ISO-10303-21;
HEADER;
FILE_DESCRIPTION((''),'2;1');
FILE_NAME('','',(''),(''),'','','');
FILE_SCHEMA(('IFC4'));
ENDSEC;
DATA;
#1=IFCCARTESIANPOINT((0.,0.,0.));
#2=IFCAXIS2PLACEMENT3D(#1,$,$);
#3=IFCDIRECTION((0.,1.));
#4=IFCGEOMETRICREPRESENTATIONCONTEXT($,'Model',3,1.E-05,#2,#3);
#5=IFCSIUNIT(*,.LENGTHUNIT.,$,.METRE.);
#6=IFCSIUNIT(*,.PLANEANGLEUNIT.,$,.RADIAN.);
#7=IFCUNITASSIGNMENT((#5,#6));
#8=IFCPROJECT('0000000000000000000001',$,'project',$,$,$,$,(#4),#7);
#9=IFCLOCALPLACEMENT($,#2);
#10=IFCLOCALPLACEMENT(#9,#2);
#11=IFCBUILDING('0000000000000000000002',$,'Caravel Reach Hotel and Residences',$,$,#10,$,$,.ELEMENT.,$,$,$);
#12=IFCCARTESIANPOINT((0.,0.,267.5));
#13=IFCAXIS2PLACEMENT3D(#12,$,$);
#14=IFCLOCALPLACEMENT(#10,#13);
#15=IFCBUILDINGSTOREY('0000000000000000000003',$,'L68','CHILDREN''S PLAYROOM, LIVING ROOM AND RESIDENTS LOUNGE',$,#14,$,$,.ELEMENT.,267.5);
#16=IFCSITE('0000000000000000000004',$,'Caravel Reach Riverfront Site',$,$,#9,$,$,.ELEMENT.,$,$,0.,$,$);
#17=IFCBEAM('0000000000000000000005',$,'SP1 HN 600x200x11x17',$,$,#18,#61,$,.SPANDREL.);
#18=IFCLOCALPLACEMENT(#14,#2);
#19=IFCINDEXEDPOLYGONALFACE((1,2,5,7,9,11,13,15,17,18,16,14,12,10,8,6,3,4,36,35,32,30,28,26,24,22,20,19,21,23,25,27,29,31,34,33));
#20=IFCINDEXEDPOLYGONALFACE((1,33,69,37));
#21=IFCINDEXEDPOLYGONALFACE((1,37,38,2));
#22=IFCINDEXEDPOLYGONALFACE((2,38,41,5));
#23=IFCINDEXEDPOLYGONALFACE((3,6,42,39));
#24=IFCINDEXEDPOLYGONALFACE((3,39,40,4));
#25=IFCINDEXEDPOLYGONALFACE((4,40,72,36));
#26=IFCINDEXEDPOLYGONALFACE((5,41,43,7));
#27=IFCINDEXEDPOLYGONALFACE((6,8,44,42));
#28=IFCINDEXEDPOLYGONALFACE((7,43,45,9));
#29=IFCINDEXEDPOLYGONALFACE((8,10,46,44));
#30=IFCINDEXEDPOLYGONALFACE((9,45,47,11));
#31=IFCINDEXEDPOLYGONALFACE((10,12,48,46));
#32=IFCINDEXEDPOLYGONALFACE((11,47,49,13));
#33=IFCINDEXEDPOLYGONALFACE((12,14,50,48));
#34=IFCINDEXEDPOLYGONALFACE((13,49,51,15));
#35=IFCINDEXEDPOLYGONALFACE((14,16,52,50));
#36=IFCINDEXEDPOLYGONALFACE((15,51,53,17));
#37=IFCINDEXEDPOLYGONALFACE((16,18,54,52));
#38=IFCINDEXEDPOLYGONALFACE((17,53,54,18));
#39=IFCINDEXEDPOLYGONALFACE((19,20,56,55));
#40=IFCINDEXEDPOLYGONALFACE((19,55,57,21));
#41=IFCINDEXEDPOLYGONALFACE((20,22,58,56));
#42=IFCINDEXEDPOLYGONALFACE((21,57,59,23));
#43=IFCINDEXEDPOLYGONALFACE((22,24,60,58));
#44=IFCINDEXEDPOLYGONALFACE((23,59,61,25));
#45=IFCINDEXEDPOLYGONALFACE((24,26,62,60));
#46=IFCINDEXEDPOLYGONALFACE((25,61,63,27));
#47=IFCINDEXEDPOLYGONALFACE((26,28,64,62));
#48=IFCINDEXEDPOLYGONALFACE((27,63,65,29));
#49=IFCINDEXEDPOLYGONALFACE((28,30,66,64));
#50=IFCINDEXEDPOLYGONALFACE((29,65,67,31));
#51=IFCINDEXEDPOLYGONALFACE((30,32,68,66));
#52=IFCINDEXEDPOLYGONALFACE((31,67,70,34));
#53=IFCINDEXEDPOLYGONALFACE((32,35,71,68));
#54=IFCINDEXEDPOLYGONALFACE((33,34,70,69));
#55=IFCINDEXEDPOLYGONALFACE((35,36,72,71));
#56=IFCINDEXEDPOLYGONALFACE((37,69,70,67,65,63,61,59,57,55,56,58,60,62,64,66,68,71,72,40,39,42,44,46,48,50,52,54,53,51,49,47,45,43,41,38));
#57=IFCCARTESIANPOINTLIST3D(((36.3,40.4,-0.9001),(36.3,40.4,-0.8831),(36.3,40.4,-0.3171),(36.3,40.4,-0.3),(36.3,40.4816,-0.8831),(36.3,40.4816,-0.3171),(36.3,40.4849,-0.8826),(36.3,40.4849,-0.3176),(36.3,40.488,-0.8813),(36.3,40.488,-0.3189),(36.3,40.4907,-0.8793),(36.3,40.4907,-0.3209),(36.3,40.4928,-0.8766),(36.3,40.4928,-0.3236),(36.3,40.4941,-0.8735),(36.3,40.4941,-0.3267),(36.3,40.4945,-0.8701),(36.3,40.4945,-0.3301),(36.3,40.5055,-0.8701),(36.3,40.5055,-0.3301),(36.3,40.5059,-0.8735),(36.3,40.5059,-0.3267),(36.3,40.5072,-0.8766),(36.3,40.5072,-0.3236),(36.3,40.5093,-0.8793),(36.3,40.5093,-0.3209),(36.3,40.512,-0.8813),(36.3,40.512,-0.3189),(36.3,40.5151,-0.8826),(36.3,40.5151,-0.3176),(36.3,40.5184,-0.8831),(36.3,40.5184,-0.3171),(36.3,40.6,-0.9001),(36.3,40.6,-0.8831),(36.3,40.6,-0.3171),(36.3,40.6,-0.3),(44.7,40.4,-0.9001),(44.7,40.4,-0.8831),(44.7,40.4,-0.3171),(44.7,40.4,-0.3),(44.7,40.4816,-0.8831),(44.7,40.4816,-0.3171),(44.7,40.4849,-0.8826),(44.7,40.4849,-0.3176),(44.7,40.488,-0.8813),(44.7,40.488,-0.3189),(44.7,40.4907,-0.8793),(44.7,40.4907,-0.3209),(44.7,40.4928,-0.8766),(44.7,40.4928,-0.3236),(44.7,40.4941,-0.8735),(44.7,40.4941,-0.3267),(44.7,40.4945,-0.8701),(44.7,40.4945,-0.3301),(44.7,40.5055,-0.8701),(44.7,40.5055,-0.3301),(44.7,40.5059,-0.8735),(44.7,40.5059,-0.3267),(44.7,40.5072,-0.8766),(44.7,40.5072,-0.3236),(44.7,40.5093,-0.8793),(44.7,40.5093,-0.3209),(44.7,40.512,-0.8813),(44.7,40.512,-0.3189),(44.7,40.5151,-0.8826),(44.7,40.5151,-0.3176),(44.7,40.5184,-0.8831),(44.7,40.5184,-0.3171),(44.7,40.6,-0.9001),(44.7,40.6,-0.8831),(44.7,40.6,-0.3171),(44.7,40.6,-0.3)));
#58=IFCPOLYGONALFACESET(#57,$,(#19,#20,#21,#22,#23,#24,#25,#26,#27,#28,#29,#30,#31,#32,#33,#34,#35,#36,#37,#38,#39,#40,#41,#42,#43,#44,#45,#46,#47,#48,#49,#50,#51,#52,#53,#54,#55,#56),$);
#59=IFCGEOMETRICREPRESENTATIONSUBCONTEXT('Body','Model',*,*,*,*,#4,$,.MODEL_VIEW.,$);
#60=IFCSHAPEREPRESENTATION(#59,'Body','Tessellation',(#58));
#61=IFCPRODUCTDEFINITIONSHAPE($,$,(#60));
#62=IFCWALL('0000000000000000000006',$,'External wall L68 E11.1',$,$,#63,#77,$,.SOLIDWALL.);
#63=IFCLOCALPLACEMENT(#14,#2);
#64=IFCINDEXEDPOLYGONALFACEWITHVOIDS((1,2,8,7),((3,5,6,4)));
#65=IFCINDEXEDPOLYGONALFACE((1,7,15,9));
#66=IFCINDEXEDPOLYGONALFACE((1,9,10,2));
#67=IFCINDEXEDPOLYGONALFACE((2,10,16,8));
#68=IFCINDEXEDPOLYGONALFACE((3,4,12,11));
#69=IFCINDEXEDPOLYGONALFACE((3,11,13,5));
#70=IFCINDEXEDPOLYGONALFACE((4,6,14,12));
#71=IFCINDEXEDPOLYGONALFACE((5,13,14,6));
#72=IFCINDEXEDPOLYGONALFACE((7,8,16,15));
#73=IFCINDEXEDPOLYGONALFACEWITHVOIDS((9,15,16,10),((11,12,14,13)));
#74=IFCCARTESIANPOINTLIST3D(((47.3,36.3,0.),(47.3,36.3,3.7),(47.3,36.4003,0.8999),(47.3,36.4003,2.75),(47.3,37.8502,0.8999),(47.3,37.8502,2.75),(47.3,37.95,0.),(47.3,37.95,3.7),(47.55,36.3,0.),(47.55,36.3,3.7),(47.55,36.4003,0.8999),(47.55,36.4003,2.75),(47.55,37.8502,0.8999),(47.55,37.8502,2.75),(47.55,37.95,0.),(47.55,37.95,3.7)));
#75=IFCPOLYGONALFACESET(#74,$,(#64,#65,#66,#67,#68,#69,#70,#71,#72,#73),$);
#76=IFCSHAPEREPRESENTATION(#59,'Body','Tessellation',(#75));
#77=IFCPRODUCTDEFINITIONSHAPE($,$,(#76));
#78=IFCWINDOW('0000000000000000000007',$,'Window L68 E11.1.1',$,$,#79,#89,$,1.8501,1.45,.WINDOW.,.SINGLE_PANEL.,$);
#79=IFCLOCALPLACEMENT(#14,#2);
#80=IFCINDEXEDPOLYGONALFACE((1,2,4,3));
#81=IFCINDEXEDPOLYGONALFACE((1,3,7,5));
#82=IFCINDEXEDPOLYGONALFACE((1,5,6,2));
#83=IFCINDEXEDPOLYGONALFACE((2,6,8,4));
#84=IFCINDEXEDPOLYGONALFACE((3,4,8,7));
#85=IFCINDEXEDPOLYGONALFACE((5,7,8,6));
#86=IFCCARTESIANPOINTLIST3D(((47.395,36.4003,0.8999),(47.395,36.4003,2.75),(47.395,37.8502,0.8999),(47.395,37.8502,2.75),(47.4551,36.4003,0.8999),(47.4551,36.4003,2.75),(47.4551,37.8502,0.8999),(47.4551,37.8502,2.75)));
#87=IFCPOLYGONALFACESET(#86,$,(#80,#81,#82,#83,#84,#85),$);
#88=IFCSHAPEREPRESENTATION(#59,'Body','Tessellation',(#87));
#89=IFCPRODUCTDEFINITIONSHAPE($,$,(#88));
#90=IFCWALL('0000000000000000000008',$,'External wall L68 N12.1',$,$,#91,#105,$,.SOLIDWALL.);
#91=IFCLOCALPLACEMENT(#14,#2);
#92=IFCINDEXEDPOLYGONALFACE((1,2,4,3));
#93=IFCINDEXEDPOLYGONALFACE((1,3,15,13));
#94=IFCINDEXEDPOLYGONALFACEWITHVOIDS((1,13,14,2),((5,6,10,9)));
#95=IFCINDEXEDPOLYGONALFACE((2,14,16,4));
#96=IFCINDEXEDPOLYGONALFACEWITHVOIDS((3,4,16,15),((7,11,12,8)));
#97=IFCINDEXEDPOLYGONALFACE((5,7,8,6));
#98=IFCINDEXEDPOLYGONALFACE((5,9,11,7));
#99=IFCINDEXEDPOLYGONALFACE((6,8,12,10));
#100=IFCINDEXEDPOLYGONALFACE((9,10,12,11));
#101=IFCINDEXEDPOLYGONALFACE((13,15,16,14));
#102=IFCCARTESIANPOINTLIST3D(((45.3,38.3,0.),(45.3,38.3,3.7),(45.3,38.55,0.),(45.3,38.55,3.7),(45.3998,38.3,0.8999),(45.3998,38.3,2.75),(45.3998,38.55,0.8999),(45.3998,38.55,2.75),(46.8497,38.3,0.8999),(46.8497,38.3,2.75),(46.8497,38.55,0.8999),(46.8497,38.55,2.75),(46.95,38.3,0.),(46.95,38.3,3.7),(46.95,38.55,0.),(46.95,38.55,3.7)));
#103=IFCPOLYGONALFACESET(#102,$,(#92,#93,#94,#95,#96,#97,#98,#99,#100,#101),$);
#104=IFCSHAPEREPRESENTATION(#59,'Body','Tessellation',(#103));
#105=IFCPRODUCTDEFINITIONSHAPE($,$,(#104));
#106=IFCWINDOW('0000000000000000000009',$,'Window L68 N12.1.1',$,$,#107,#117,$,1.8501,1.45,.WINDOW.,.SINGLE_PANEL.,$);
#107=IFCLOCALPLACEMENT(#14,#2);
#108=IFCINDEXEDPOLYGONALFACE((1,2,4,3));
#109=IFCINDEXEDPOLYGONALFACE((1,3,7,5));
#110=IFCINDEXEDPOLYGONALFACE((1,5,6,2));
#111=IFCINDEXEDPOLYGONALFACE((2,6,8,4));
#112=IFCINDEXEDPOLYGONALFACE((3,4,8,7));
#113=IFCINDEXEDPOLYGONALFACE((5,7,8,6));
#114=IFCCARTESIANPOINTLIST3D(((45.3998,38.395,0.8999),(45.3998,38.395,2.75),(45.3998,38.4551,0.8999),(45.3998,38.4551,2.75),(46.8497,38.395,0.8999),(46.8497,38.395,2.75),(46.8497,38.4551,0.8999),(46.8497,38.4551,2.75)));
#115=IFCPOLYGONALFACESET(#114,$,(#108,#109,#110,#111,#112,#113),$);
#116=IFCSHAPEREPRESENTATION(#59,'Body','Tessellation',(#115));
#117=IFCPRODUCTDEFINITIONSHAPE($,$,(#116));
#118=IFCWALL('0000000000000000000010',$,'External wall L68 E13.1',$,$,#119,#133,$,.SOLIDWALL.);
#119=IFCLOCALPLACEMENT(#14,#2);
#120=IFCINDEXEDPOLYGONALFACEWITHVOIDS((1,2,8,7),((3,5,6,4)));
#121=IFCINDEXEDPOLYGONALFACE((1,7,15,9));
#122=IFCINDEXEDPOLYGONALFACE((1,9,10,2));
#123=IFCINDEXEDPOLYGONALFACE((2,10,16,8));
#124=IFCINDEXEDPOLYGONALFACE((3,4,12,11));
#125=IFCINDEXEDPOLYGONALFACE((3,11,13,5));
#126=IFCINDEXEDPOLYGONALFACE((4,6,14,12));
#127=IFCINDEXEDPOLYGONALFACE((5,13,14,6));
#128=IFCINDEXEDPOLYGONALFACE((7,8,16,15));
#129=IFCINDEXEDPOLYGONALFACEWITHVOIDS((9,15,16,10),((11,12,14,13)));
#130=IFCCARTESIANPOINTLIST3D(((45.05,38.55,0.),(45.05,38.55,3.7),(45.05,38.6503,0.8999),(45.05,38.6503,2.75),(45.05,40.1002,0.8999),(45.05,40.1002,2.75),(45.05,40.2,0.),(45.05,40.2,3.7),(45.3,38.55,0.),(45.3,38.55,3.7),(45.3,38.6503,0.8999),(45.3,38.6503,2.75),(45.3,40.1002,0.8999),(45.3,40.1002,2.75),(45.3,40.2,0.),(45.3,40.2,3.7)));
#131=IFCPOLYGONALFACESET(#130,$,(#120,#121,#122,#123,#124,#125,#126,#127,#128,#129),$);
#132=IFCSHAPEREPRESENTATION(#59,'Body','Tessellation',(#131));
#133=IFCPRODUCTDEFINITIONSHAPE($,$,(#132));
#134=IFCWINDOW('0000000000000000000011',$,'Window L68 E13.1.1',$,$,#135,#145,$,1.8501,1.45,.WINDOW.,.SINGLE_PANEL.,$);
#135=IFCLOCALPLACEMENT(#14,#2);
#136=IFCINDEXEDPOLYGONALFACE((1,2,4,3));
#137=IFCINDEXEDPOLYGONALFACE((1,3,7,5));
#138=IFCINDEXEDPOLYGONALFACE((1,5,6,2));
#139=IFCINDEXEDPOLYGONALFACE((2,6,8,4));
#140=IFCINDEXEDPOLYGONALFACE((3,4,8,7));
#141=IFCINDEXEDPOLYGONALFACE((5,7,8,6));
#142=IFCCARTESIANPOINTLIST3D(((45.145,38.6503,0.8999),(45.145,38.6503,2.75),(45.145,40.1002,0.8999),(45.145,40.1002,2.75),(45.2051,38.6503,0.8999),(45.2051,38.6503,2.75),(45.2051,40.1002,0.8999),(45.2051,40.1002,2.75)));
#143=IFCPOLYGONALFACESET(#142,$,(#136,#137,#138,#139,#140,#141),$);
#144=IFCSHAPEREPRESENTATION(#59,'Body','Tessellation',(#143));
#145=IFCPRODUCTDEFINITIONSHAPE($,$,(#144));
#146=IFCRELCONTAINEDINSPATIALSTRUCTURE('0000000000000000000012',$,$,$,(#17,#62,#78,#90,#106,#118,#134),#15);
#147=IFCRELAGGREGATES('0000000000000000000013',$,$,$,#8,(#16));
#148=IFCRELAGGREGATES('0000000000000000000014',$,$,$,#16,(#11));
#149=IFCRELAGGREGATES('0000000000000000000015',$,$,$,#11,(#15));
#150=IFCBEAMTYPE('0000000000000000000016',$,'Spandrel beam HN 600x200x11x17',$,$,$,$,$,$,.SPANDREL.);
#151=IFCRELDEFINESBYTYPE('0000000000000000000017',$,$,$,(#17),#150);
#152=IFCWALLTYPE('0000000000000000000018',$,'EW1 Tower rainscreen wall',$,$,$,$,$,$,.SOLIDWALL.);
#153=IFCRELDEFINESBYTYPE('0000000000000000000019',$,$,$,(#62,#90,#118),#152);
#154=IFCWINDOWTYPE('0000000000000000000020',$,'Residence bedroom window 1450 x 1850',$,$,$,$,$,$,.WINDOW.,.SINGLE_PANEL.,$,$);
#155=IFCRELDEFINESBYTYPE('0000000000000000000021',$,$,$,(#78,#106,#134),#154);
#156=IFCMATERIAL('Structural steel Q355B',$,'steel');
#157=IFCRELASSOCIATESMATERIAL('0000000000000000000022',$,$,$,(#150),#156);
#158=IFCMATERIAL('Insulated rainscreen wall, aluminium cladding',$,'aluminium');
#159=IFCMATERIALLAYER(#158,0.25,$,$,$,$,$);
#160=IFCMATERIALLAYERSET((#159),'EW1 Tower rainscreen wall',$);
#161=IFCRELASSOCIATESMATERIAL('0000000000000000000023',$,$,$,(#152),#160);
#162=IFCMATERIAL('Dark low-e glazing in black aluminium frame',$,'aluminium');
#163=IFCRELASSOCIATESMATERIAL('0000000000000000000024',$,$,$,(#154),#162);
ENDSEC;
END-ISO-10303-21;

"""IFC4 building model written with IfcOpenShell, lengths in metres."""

from ifc_helpers import new_model, si_unit, direction, frame, frame_2d, origin, origin_2d, place, context, subcontext, project, spatial, rectangle, i_section, extrude, material, layer, layer_set, material_profile, profile_set, type_object, element, fill, save


model = new_model("IFC4")

# Units and contexts
model_context = context("Model", 3, precision=1e-05, world=origin(), true_north=direction((0.0, 1.0)))
body_context = subcontext(model_context, "Body", "Model", "MODEL_VIEW")
ifc_project = project(units=[si_unit("LENGTHUNIT", "METRE"), si_unit("PLANEANGLEUNIT", "RADIAN")], contexts=[model_context])

# Site, building, storey
site_placement = place(None, origin())
site = spatial("IfcSite", under=ifc_project, at=site_placement, Name="Caravel Reach Riverfront Site", CompositionType="ELEMENT", RefElevation=0.0)
building_placement = place(site_placement, origin())
building = spatial("IfcBuilding", under=site, at=building_placement, Name="Caravel Reach Hotel and Residences", CompositionType="ELEMENT")
storey_placement = place(building_placement, frame((0.0, 0.0, 267.5)))
storey = spatial("IfcBuildingStorey", under=building, at=storey_placement, Name="L68", Description="CHILDREN'S PLAYROOM, LIVING ROOM AND RESIDENTS LOUNGE", CompositionType="ELEMENT", Elevation=267.5)

# Beam
ifc_material_1 = material(Name="Structural steel Q355B", Category="steel")
ifc_material_profile_1 = material_profile(ifc_material_1, i_section(OverallWidth=0.2, OverallDepth=0.6001, WebThickness=0.011, FlangeThickness=0.0171, FilletRadius=0.0129, at=origin_2d()), Name="HN 600x200x11x17")
ifc_profile_set_1 = profile_set([ifc_material_profile_1], Name="Structural steel Q355B")
beam_type = type_object("IfcBeamType", Name="Spandrel beam HN 600x200x11x17", PredefinedType="SPANDREL", material=ifc_profile_set_1)
beam_placement = place(storey_placement, frame((44.7, 40.5, -0.6001), z_axis=(-1.0, 0.0, 0.0), x_axis=(0.0, -1.0, 0.0)))
element("IfcBeam", 1, at=beam_placement, inside=storey, type_object=beam_type, Name="SP1 HN 600x200x11x17", PredefinedType="SPANDREL", context=body_context, shape_type="SweptSolid", body=[
    extrude(i_section(OverallWidth=0.2, OverallDepth=0.6001, WebThickness=0.011, FlangeThickness=0.0171, FilletRadius=0.0129, at=origin_2d()), origin(), (0.0, 0.0, 1.0), 8.3999),
])

# Walls, openings, windows
ifc_material_2 = material(Name="Insulated rainscreen wall, aluminium cladding", Category="aluminium")
ifc_layer = layer(ifc_material_2, 0.25)
ifc_layer_set = layer_set([ifc_layer], Name="EW1 Tower rainscreen wall")
wall_type = type_object("IfcWallType", Name="EW1 Tower rainscreen wall", PredefinedType="SOLIDWALL", material=ifc_layer_set)
wall_1_placement = place(storey_placement, frame((47.425, 36.3, 0.0), z_axis=(0.0, 0.0, 1.0), x_axis=(0.0, 1.0, 0.0)))
wall_1 = element("IfcWall", 2, at=wall_1_placement, inside=storey, type_object=wall_type, Name="External wall L68 E11.1", PredefinedType="SOLIDWALL", context=body_context, shape_type="SweptSolid", body=[
    extrude(rectangle(XDim=1.6499, YDim=0.25, at=frame_2d((0.825, 0.0))), origin(), (0.0, 0.0, 1.0), 3.7),
])
opening_1_placement = place(wall_1_placement, frame((0.1001, 0.0, 0.8999)))
opening_1 = element("IfcOpeningElement", 3, at=opening_1_placement, cuts=wall_1, PredefinedType="OPENING", context=body_context, shape_type="SweptSolid", body=[
    extrude(rectangle(XDim=1.45, YDim=1.8501, at=frame_2d((0.7251, 0.925))), frame((0.0, 0.135, 0.0), z_axis=(0.0, -1.0, 0.0), x_axis=(1.0, 0.0, 0.0)), (0.0, 0.0, 1.0), 0.27),
])
ifc_material_3 = material(Name="Dark low-e glazing in black aluminium frame", Category="aluminium")
window_type_1 = type_object("IfcWindowType", Name="Residence bedroom window 1450 x 1850", PartitioningType="SINGLE_PANEL", PredefinedType="WINDOW", material=ifc_material_3)
window_1_placement = place(opening_1_placement, origin())
window_1 = element("IfcWindow", 4, at=window_1_placement, inside=storey, type_object=window_type_1, Name="Window L68 E11.1.1", OverallHeight=1.8501, OverallWidth=1.45, PartitioningType="SINGLE_PANEL", PredefinedType="WINDOW", context=body_context, shape_type="SweptSolid", body=[
    extrude(rectangle(XDim=1.45, YDim=1.8501, at=frame_2d((0.7251, 0.925))), frame((0.0, 0.03, 0.0), z_axis=(0.0, -1.0, 0.0), x_axis=(1.0, 0.0, 0.0)), (0.0, 0.0, 1.0), 0.0601),
])
fill(opening_1, window_1)
wall_2_placement = place(storey_placement, frame((46.95, 38.425, 0.0), z_axis=(0.0, 0.0, 1.0), x_axis=(-1.0, 0.0, 0.0)))
wall_2 = element("IfcWall", 5, at=wall_2_placement, inside=storey, type_object=wall_type, Name="External wall L68 N12.1", PredefinedType="SOLIDWALL", context=body_context, shape_type="SweptSolid", body=[
    extrude(rectangle(XDim=1.6499, YDim=0.25, at=frame_2d((0.825, 0.0))), origin(), (0.0, 0.0, 1.0), 3.7),
])
opening_2_placement = place(wall_2_placement, frame((0.1001, 0.0, 0.8999)))
opening_2 = element("IfcOpeningElement", 6, at=opening_2_placement, cuts=wall_2, PredefinedType="OPENING", context=body_context, shape_type="SweptSolid", body=[
    extrude(rectangle(XDim=1.45, YDim=1.8501, at=frame_2d((0.7251, 0.925))), frame((0.0, 0.135, 0.0), z_axis=(0.0, -1.0, 0.0), x_axis=(1.0, 0.0, 0.0)), (0.0, 0.0, 1.0), 0.27),
])
window_2_placement = place(opening_2_placement, origin())
window_2 = element("IfcWindow", 7, at=window_2_placement, inside=storey, type_object=window_type_1, Name="Window L68 N12.1.1", OverallHeight=1.8501, OverallWidth=1.45, PartitioningType="SINGLE_PANEL", PredefinedType="WINDOW", context=body_context, shape_type="SweptSolid", body=[
    extrude(rectangle(XDim=1.45, YDim=1.8501, at=frame_2d((0.7251, 0.925))), frame((0.0, 0.03, 0.0), z_axis=(0.0, -1.0, 0.0), x_axis=(1.0, 0.0, 0.0)), (0.0, 0.0, 1.0), 0.0601),
])
fill(opening_2, window_2)
wall_3_placement = place(storey_placement, frame((45.175, 38.55, 0.0), z_axis=(0.0, 0.0, 1.0), x_axis=(0.0, 1.0, 0.0)))
wall_3 = element("IfcWall", 8, at=wall_3_placement, inside=storey, type_object=wall_type, Name="External wall L68 E13.1", PredefinedType="SOLIDWALL", context=body_context, shape_type="SweptSolid", body=[
    extrude(rectangle(XDim=1.6499, YDim=0.25, at=frame_2d((0.825, 0.0))), origin(), (0.0, 0.0, 1.0), 3.7),
])
opening_3_placement = place(wall_3_placement, frame((0.1001, 0.0, 0.8999)))
opening_3 = element("IfcOpeningElement", 9, at=opening_3_placement, cuts=wall_3, PredefinedType="OPENING", context=body_context, shape_type="SweptSolid", body=[
    extrude(rectangle(XDim=1.45, YDim=1.8501, at=frame_2d((0.7251, 0.925))), frame((0.0, 0.135, 0.0), z_axis=(0.0, -1.0, 0.0), x_axis=(1.0, 0.0, 0.0)), (0.0, 0.0, 1.0), 0.27),
])
window_3_placement = place(opening_3_placement, origin())
window_3 = element("IfcWindow", 10, at=window_3_placement, inside=storey, type_object=window_type_1, Name="Window L68 E13.1.1", OverallHeight=1.8501, OverallWidth=1.45, PartitioningType="SINGLE_PANEL", PredefinedType="WINDOW", context=body_context, shape_type="SweptSolid", body=[
    extrude(rectangle(XDim=1.45, YDim=1.8501, at=frame_2d((0.7251, 0.925))), frame((0.0, 0.03, 0.0), z_axis=(0.0, -1.0, 0.0), x_axis=(1.0, 0.0, 0.0)), (0.0, 0.0, 1.0), 0.0601),
])
fill(opening_3, window_3)

save(model, "model.ifc")
